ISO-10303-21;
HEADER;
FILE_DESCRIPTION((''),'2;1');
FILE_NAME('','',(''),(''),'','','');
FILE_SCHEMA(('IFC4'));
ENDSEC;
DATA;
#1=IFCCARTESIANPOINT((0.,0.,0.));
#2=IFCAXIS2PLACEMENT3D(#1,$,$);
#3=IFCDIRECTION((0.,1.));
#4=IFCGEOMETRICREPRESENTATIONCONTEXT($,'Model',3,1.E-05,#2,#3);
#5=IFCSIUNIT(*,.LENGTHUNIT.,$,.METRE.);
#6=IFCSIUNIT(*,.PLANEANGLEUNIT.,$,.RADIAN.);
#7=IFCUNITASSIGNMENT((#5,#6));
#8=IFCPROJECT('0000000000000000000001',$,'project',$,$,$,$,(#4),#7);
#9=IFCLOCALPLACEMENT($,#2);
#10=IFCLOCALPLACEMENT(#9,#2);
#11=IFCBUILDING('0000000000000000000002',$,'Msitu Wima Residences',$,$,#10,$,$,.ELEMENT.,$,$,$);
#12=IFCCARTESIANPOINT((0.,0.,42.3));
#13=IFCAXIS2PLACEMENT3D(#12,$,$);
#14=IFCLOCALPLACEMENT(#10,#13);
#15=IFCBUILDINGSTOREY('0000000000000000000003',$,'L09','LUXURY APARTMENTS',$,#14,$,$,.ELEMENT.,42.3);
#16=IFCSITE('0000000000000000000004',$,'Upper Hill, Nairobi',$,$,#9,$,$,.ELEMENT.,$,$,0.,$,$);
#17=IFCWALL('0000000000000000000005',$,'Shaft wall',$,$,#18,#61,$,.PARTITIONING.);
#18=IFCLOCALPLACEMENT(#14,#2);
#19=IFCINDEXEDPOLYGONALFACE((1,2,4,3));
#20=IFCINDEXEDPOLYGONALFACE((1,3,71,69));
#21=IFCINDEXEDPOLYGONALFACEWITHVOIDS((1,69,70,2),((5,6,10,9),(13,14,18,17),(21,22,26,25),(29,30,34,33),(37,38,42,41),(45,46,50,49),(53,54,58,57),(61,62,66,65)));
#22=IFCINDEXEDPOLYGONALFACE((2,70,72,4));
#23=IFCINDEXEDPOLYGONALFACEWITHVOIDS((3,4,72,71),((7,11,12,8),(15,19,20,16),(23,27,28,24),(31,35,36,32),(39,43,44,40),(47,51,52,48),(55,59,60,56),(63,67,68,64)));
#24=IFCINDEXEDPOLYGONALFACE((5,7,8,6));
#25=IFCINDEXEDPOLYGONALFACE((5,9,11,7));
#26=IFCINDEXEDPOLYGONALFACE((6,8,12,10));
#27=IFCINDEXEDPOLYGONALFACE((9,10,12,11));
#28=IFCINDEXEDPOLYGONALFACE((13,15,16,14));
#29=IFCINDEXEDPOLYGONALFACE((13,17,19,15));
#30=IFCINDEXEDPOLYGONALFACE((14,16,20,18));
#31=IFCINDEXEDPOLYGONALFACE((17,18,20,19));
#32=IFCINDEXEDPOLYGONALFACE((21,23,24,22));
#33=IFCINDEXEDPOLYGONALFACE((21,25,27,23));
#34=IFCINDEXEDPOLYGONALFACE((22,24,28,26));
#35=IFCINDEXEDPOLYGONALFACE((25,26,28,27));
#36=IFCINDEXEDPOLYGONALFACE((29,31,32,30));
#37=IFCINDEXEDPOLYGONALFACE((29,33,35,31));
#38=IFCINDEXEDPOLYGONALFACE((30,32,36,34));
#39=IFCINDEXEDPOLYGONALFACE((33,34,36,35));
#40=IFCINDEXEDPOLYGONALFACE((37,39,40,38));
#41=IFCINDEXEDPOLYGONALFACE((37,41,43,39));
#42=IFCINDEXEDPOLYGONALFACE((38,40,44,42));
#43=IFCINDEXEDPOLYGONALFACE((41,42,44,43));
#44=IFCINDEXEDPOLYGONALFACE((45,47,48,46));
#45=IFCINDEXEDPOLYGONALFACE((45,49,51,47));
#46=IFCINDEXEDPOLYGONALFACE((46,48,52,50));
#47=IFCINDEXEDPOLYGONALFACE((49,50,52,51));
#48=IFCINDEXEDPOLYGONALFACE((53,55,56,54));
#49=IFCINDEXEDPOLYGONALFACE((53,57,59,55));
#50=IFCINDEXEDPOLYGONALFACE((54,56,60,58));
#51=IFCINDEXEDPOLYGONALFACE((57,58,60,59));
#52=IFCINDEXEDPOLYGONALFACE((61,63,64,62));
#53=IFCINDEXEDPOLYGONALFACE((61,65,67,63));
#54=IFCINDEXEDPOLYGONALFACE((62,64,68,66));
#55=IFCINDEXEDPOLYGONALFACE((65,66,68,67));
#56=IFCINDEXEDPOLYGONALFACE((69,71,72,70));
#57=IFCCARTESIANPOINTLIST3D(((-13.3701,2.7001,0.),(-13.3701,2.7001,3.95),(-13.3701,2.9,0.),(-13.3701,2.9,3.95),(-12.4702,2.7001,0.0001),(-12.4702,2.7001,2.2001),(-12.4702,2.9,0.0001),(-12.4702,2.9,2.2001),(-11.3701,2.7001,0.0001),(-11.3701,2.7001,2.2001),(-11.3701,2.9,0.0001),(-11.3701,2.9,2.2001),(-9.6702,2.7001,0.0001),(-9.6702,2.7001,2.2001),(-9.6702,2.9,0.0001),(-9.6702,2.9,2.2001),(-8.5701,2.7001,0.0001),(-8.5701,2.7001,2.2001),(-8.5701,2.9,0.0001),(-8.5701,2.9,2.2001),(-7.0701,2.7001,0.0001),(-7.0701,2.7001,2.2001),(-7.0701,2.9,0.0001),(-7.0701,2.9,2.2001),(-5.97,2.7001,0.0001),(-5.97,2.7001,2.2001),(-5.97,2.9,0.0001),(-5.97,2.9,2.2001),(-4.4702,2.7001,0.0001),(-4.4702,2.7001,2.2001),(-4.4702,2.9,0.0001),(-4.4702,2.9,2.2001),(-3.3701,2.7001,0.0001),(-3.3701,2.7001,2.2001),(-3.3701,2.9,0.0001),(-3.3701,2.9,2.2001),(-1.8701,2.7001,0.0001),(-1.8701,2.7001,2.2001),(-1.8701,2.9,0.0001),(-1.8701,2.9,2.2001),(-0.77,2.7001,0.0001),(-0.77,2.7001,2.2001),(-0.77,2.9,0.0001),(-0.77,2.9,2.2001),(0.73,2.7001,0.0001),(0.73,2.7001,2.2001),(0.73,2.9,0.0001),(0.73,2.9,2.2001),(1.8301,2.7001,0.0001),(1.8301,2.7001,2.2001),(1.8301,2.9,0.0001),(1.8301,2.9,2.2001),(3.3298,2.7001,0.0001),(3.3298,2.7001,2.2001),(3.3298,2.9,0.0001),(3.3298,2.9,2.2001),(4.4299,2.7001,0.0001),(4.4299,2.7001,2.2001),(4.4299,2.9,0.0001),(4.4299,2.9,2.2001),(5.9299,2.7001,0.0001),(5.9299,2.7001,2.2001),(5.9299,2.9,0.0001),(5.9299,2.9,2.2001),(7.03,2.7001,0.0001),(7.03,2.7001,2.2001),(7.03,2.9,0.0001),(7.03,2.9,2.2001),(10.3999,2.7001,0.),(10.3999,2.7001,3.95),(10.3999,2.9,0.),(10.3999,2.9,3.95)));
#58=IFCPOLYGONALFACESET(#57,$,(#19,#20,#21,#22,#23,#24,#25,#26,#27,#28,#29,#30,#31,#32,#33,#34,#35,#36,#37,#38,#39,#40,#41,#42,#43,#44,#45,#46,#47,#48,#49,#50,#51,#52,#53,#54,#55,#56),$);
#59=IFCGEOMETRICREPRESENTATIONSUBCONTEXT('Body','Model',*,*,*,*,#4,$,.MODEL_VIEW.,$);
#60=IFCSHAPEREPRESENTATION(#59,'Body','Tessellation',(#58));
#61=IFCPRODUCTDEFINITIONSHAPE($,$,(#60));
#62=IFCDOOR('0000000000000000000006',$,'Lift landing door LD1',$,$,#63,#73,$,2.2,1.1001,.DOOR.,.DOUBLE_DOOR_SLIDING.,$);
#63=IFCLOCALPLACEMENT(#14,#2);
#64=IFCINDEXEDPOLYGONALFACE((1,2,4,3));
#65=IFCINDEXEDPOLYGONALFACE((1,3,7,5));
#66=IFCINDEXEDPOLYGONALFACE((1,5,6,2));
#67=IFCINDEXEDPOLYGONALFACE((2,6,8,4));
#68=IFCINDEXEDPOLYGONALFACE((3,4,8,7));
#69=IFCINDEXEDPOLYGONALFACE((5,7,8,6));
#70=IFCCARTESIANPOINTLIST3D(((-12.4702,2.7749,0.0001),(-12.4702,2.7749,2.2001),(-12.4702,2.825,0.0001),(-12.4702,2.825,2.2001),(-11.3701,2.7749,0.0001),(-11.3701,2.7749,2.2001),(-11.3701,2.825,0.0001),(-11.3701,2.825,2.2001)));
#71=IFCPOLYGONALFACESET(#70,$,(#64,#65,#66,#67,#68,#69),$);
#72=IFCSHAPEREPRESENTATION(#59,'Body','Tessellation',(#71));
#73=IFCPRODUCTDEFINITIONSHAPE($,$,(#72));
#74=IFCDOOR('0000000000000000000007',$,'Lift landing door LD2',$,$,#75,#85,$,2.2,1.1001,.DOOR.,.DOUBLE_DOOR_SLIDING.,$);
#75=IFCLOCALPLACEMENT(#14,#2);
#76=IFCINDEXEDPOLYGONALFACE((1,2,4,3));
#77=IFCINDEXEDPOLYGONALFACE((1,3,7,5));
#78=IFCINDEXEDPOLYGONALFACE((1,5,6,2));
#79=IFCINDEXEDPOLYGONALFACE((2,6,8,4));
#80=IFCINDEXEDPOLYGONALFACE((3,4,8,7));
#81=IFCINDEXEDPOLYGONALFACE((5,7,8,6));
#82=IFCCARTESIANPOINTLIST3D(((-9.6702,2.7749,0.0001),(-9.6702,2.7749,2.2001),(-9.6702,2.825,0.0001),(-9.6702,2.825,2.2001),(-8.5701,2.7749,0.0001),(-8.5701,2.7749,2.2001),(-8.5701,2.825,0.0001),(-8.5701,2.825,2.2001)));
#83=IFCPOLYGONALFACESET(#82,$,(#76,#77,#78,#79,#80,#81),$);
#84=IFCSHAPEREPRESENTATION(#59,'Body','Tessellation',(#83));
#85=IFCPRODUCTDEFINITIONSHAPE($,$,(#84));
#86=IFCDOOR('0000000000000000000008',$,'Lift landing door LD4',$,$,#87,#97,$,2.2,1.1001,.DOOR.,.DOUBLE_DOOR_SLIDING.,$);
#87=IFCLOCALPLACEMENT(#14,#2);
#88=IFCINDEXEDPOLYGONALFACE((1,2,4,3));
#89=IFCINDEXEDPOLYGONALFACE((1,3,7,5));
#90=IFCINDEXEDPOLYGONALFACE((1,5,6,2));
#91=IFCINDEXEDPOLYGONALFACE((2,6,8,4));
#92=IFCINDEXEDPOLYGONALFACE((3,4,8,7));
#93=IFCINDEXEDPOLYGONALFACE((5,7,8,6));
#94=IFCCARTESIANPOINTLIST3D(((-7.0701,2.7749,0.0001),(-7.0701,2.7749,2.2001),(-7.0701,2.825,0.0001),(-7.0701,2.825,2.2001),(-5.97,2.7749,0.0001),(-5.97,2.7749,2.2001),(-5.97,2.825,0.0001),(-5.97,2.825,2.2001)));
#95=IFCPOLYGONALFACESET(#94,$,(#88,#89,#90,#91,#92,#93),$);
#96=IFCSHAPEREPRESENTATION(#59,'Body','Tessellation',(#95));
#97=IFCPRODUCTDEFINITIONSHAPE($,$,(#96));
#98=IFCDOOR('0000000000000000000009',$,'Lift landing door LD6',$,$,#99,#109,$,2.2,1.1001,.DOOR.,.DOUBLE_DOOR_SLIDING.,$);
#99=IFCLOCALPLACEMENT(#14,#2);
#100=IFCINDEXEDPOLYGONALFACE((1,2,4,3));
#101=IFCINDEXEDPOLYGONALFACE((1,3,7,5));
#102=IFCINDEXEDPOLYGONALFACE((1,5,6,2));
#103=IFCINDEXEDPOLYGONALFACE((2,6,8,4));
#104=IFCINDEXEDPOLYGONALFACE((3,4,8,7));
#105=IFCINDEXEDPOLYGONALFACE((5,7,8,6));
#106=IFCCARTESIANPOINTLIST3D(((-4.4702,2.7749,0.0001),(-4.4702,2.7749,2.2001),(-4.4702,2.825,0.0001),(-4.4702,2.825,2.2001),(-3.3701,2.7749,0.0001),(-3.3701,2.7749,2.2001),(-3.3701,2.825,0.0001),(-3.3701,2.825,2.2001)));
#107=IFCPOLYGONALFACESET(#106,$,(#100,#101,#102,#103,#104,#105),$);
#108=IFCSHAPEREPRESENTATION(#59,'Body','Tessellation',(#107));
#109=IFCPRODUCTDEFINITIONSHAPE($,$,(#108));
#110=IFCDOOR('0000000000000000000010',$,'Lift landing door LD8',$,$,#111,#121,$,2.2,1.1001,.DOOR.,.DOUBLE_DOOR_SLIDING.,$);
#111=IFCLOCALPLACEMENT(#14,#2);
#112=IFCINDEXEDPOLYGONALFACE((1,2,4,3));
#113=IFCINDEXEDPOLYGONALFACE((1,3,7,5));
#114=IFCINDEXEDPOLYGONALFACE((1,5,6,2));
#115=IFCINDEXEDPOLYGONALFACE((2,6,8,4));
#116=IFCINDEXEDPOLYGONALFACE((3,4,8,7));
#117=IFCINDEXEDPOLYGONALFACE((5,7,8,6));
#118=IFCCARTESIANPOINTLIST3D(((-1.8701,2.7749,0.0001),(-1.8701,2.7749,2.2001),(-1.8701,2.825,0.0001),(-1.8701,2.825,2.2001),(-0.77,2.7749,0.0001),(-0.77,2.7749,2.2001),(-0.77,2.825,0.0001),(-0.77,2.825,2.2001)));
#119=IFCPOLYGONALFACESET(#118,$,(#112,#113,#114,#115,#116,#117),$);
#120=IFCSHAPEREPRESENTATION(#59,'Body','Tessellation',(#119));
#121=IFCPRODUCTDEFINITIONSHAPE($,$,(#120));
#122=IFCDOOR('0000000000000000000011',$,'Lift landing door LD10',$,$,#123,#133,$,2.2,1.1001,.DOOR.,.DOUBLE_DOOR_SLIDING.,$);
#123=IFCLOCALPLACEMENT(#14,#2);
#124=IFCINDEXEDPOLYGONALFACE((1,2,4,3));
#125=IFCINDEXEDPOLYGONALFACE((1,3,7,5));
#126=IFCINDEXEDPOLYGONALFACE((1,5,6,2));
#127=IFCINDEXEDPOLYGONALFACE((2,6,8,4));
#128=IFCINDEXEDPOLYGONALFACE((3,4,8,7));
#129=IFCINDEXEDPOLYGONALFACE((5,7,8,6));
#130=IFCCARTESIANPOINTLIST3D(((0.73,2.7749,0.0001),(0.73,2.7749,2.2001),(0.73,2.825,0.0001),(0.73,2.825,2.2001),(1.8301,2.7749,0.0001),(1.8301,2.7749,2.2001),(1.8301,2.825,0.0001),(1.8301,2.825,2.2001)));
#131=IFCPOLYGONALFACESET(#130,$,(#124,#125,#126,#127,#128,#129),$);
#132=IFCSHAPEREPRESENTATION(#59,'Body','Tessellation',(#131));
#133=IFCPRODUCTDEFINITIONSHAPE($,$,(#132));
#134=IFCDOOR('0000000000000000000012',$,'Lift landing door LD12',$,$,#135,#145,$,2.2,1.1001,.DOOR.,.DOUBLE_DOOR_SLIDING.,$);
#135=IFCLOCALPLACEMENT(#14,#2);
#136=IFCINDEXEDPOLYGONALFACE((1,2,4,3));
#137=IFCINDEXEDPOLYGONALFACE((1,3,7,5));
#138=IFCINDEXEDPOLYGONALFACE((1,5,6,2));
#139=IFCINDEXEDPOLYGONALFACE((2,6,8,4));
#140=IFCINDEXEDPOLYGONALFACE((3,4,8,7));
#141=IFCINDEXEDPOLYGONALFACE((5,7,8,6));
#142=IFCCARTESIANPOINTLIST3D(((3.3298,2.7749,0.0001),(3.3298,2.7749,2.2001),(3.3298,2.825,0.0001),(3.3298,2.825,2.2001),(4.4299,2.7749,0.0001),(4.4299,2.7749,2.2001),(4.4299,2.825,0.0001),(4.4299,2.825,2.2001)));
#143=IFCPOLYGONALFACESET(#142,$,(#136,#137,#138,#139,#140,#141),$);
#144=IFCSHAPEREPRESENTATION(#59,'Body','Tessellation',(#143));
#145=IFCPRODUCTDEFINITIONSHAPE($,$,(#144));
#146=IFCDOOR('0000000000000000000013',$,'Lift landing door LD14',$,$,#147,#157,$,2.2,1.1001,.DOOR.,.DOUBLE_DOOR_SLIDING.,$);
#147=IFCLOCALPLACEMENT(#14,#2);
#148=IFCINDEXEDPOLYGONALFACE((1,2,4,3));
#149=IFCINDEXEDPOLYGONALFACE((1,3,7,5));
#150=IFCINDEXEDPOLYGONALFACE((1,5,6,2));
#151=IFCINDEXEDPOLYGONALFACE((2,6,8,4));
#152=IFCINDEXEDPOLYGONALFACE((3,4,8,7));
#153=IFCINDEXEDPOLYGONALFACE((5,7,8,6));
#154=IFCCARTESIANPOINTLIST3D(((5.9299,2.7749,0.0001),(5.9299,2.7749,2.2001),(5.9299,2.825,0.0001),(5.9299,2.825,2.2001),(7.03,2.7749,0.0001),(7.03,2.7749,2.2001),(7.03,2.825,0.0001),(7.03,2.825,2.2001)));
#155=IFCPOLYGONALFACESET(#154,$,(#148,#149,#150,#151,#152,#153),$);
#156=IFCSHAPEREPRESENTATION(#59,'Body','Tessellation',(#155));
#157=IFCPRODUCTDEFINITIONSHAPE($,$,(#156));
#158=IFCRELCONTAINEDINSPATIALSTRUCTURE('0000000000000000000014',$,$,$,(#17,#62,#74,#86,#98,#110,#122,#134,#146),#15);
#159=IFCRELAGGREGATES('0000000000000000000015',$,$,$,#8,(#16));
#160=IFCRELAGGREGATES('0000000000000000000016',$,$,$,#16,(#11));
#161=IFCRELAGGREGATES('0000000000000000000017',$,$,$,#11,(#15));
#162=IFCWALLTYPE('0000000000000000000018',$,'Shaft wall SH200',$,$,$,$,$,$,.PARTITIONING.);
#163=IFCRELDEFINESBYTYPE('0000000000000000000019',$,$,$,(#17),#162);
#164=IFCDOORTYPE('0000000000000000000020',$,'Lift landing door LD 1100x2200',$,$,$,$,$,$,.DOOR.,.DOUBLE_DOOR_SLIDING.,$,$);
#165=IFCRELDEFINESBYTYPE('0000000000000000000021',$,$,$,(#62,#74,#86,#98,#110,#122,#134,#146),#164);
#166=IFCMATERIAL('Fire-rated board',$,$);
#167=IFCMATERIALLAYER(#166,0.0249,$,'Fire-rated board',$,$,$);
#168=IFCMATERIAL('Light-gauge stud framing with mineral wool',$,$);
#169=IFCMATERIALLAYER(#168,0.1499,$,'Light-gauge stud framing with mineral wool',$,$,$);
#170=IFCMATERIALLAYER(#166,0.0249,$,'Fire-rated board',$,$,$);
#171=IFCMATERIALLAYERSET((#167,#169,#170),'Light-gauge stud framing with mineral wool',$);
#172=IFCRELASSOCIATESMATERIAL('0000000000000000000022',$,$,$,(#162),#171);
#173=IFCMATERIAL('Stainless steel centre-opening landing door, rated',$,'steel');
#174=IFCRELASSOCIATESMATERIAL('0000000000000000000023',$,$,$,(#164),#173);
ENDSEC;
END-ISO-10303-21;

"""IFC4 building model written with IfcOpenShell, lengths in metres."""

from ifc_helpers import new_model, si_unit, direction, frame, frame_2d, origin, place, context, subcontext, project, spatial, rectangle, extrude, material, layer, layer_set, type_object, element, fill, save


model = new_model("IFC4")

# Units and contexts
model_context = context("Model", 3, precision=1e-05, world=origin(), true_north=direction((0.0, 1.0)))
body_context = subcontext(model_context, "Body", "Model", "MODEL_VIEW")
ifc_project = project(units=[si_unit("LENGTHUNIT", "METRE"), si_unit("PLANEANGLEUNIT", "RADIAN")], contexts=[model_context])

# Site, building, storey
site_placement = place(None, origin())
site = spatial("IfcSite", under=ifc_project, at=site_placement, Name="Upper Hill, Nairobi", CompositionType="ELEMENT", RefElevation=0.0)
building_placement = place(site_placement, origin())
building = spatial("IfcBuilding", under=site, at=building_placement, Name="Msitu Wima Residences", CompositionType="ELEMENT")
storey_placement = place(building_placement, frame((0.0, 0.0, 42.3)))
storey = spatial("IfcBuildingStorey", under=building, at=storey_placement, Name="L09", Description="LUXURY APARTMENTS", CompositionType="ELEMENT", Elevation=42.3)

# Wall, openings, doors
ifc_material_1 = material(Name="Fire-rated board")
ifc_layer_1 = layer(ifc_material_1, 0.0249, Name="Fire-rated board")
ifc_material_2 = material(Name="Light-gauge stud framing with mineral wool")
ifc_layer_2 = layer(ifc_material_2, 0.1499, Name="Light-gauge stud framing with mineral wool")
ifc_layer_3 = layer(ifc_material_1, 0.0249, Name="Fire-rated board")
ifc_layer_set_1 = layer_set([ifc_layer_1, ifc_layer_2, ifc_layer_3], Name="Light-gauge stud framing with mineral wool")
wall_type_1 = type_object("IfcWallType", Name="Shaft wall SH200", PredefinedType="PARTITIONING", material=ifc_layer_set_1)
wall_1_placement = place(storey_placement, frame((-13.3701, 2.8, 0.0), z_axis=(0.0, 0.0, 1.0), x_axis=(1.0, 0.0, 0.0)))
wall_1 = element("IfcWall", 1, at=wall_1_placement, inside=storey, type_object=wall_type_1, Name="Shaft wall", PredefinedType="PARTITIONING", context=body_context, shape_type="SweptSolid", body=[
    extrude(rectangle(XDim=23.77, YDim=0.2, at=frame_2d((11.885, 0.0))), origin(), (0.0, 0.0, 1.0), 3.95),
])
opening_1_placement = place(wall_1_placement, frame((0.8999, 0.0, 0.0)))
opening_1 = element("IfcOpeningElement", 2, at=opening_1_placement, cuts=wall_1, PredefinedType="OPENING", context=body_context, shape_type="SweptSolid", body=[
    extrude(rectangle(XDim=1.1001, YDim=2.2, at=frame_2d((0.55, 1.1001))), frame((0.0, 0.1099, 0.0), z_axis=(0.0, -1.0, 0.0), x_axis=(1.0, 0.0, 0.0)), (0.0, 0.0, 1.0), 0.22),
])
opening_2_placement = place(wall_1_placement, frame((3.7, 0.0, 0.0)))
opening_2 = element("IfcOpeningElement", 3, at=opening_2_placement, cuts=wall_1, PredefinedType="OPENING", context=body_context, shape_type="SweptSolid", body=[
    extrude(rectangle(XDim=1.1001, YDim=2.2, at=frame_2d((0.55, 1.1001))), frame((0.0, 0.1099, 0.0), z_axis=(0.0, -1.0, 0.0), x_axis=(1.0, 0.0, 0.0)), (0.0, 0.0, 1.0), 0.22),
])
opening_3_placement = place(wall_1_placement, frame((6.3, 0.0, 0.0)))
opening_3 = element("IfcOpeningElement", 4, at=opening_3_placement, cuts=wall_1, PredefinedType="OPENING", context=body_context, shape_type="SweptSolid", body=[
    extrude(rectangle(XDim=1.1001, YDim=2.2, at=frame_2d((0.55, 1.1001))), frame((0.0, 0.1099, 0.0), z_axis=(0.0, -1.0, 0.0), x_axis=(1.0, 0.0, 0.0)), (0.0, 0.0, 1.0), 0.22),
])
opening_4_placement = place(wall_1_placement, frame((8.8999, 0.0, 0.0)))
opening_4 = element("IfcOpeningElement", 5, at=opening_4_placement, cuts=wall_1, PredefinedType="OPENING", context=body_context, shape_type="SweptSolid", body=[
    extrude(rectangle(XDim=1.1001, YDim=2.2, at=frame_2d((0.55, 1.1001))), frame((0.0, 0.1099, 0.0), z_axis=(0.0, -1.0, 0.0), x_axis=(1.0, 0.0, 0.0)), (0.0, 0.0, 1.0), 0.22),
])
opening_5_placement = place(wall_1_placement, frame((11.5, 0.0, 0.0)))
opening_5 = element("IfcOpeningElement", 6, at=opening_5_placement, cuts=wall_1, PredefinedType="OPENING", context=body_context, shape_type="SweptSolid", body=[
    extrude(rectangle(XDim=1.1001, YDim=2.2, at=frame_2d((0.55, 1.1001))), frame((0.0, 0.1099, 0.0), z_axis=(0.0, -1.0, 0.0), x_axis=(1.0, 0.0, 0.0)), (0.0, 0.0, 1.0), 0.22),
])
opening_6_placement = place(wall_1_placement, frame((14.1001, 0.0, 0.0)))
opening_6 = element("IfcOpeningElement", 7, at=opening_6_placement, cuts=wall_1, PredefinedType="OPENING", context=body_context, shape_type="SweptSolid", body=[
    extrude(rectangle(XDim=1.1001, YDim=2.2, at=frame_2d((0.55, 1.1001))), frame((0.0, 0.1099, 0.0), z_axis=(0.0, -1.0, 0.0), x_axis=(1.0, 0.0, 0.0)), (0.0, 0.0, 1.0), 0.22),
])
opening_7_placement = place(wall_1_placement, frame((16.7, 0.0, 0.0)))
opening_7 = element("IfcOpeningElement", 8, at=opening_7_placement, cuts=wall_1, PredefinedType="OPENING", context=body_context, shape_type="SweptSolid", body=[
    extrude(rectangle(XDim=1.1001, YDim=2.2, at=frame_2d((0.55, 1.1001))), frame((0.0, 0.1099, 0.0), z_axis=(0.0, -1.0, 0.0), x_axis=(1.0, 0.0, 0.0)), (0.0, 0.0, 1.0), 0.22),
])
opening_8_placement = place(wall_1_placement, frame((19.3, 0.0, 0.0)))
opening_8 = element("IfcOpeningElement", 9, at=opening_8_placement, cuts=wall_1, PredefinedType="OPENING", context=body_context, shape_type="SweptSolid", body=[
    extrude(rectangle(XDim=1.1001, YDim=2.2, at=frame_2d((0.55, 1.1001))), frame((0.0, 0.1099, 0.0), z_axis=(0.0, -1.0, 0.0), x_axis=(1.0, 0.0, 0.0)), (0.0, 0.0, 1.0), 0.22),
])
ifc_material_3 = material(Name="Stainless steel centre-opening landing door, rated", Category="steel")
door_type_1 = type_object("IfcDoorType", Name="Lift landing door LD 1100x2200", OperationType="DOUBLE_DOOR_SLIDING", PredefinedType="DOOR", material=ifc_material_3)
door_1_placement = place(opening_1_placement, origin())
door_1 = element("IfcDoor", 10, at=door_1_placement, inside=storey, type_object=door_type_1, Name="Lift landing door LD1", OperationType="DOUBLE_DOOR_SLIDING", OverallHeight=2.2, OverallWidth=1.1001, PredefinedType="DOOR", context=body_context, shape_type="SweptSolid", body=[
    extrude(rectangle(XDim=1.1001, YDim=2.2, at=frame_2d((0.55, 1.1001))), frame((0.0, 0.0249, 0.0), z_axis=(0.0, -1.0, 0.0), x_axis=(1.0, 0.0, 0.0)), (0.0, 0.0, 1.0), 0.05),
])
fill(opening_1, door_1)
door_2_placement = place(opening_2_placement, origin())
door_2 = element("IfcDoor", 11, at=door_2_placement, inside=storey, type_object=door_type_1, Name="Lift landing door LD2", OperationType="DOUBLE_DOOR_SLIDING", OverallHeight=2.2, OverallWidth=1.1001, PredefinedType="DOOR", context=body_context, shape_type="SweptSolid", body=[
    extrude(rectangle(XDim=1.1001, YDim=2.2, at=frame_2d((0.55, 1.1001))), frame((0.0, 0.0249, 0.0), z_axis=(0.0, -1.0, 0.0), x_axis=(1.0, 0.0, 0.0)), (0.0, 0.0, 1.0), 0.05),
])
fill(opening_2, door_2)
door_3_placement = place(opening_3_placement, origin())
door_3 = element("IfcDoor", 12, at=door_3_placement, inside=storey, type_object=door_type_1, Name="Lift landing door LD4", OperationType="DOUBLE_DOOR_SLIDING", OverallHeight=2.2, OverallWidth=1.1001, PredefinedType="DOOR", context=body_context, shape_type="SweptSolid", body=[
    extrude(rectangle(XDim=1.1001, YDim=2.2, at=frame_2d((0.55, 1.1001))), frame((0.0, 0.0249, 0.0), z_axis=(0.0, -1.0, 0.0), x_axis=(1.0, 0.0, 0.0)), (0.0, 0.0, 1.0), 0.05),
])
fill(opening_3, door_3)
door_4_placement = place(opening_4_placement, origin())
door_4 = element("IfcDoor", 13, at=door_4_placement, inside=storey, type_object=door_type_1, Name="Lift landing door LD6", OperationType="DOUBLE_DOOR_SLIDING", OverallHeight=2.2, OverallWidth=1.1001, PredefinedType="DOOR", context=body_context, shape_type="SweptSolid", body=[
    extrude(rectangle(XDim=1.1001, YDim=2.2, at=frame_2d((0.55, 1.1001))), frame((0.0, 0.0249, 0.0), z_axis=(0.0, -1.0, 0.0), x_axis=(1.0, 0.0, 0.0)), (0.0, 0.0, 1.0), 0.05),
])
fill(opening_4, door_4)
door_5_placement = place(opening_5_placement, origin())
door_5 = element("IfcDoor", 14, at=door_5_placement, inside=storey, type_object=door_type_1, Name="Lift landing door LD8", OperationType="DOUBLE_DOOR_SLIDING", OverallHeight=2.2, OverallWidth=1.1001, PredefinedType="DOOR", context=body_context, shape_type="SweptSolid", body=[
    extrude(rectangle(XDim=1.1001, YDim=2.2, at=frame_2d((0.55, 1.1001))), frame((0.0, 0.0249, 0.0), z_axis=(0.0, -1.0, 0.0), x_axis=(1.0, 0.0, 0.0)), (0.0, 0.0, 1.0), 0.05),
])
fill(opening_5, door_5)
door_6_placement = place(opening_6_placement, origin())
door_6 = element("IfcDoor", 15, at=door_6_placement, inside=storey, type_object=door_type_1, Name="Lift landing door LD10", OperationType="DOUBLE_DOOR_SLIDING", OverallHeight=2.2, OverallWidth=1.1001, PredefinedType="DOOR", context=body_context, shape_type="SweptSolid", body=[
    extrude(rectangle(XDim=1.1001, YDim=2.2, at=frame_2d((0.55, 1.1001))), frame((0.0, 0.0249, 0.0), z_axis=(0.0, -1.0, 0.0), x_axis=(1.0, 0.0, 0.0)), (0.0, 0.0, 1.0), 0.05),
])
fill(opening_6, door_6)
door_7_placement = place(opening_7_placement, origin())
door_7 = element("IfcDoor", 16, at=door_7_placement, inside=storey, type_object=door_type_1, Name="Lift landing door LD12", OperationType="DOUBLE_DOOR_SLIDING", OverallHeight=2.2, OverallWidth=1.1001, PredefinedType="DOOR", context=body_context, shape_type="SweptSolid", body=[
    extrude(rectangle(XDim=1.1001, YDim=2.2, at=frame_2d((0.55, 1.1001))), frame((0.0, 0.0249, 0.0), z_axis=(0.0, -1.0, 0.0), x_axis=(1.0, 0.0, 0.0)), (0.0, 0.0, 1.0), 0.05),
])
fill(opening_7, door_7)
door_8_placement = place(opening_8_placement, origin())
door_8 = element("IfcDoor", 17, at=door_8_placement, inside=storey, type_object=door_type_1, Name="Lift landing door LD14", OperationType="DOUBLE_DOOR_SLIDING", OverallHeight=2.2, OverallWidth=1.1001, PredefinedType="DOOR", context=body_context, shape_type="SweptSolid", body=[
    extrude(rectangle(XDim=1.1001, YDim=2.2, at=frame_2d((0.55, 1.1001))), frame((0.0, 0.0249, 0.0), z_axis=(0.0, -1.0, 0.0), x_axis=(1.0, 0.0, 0.0)), (0.0, 0.0, 1.0), 0.05),
])
fill(opening_8, door_8)

save(model, "model.ifc")
